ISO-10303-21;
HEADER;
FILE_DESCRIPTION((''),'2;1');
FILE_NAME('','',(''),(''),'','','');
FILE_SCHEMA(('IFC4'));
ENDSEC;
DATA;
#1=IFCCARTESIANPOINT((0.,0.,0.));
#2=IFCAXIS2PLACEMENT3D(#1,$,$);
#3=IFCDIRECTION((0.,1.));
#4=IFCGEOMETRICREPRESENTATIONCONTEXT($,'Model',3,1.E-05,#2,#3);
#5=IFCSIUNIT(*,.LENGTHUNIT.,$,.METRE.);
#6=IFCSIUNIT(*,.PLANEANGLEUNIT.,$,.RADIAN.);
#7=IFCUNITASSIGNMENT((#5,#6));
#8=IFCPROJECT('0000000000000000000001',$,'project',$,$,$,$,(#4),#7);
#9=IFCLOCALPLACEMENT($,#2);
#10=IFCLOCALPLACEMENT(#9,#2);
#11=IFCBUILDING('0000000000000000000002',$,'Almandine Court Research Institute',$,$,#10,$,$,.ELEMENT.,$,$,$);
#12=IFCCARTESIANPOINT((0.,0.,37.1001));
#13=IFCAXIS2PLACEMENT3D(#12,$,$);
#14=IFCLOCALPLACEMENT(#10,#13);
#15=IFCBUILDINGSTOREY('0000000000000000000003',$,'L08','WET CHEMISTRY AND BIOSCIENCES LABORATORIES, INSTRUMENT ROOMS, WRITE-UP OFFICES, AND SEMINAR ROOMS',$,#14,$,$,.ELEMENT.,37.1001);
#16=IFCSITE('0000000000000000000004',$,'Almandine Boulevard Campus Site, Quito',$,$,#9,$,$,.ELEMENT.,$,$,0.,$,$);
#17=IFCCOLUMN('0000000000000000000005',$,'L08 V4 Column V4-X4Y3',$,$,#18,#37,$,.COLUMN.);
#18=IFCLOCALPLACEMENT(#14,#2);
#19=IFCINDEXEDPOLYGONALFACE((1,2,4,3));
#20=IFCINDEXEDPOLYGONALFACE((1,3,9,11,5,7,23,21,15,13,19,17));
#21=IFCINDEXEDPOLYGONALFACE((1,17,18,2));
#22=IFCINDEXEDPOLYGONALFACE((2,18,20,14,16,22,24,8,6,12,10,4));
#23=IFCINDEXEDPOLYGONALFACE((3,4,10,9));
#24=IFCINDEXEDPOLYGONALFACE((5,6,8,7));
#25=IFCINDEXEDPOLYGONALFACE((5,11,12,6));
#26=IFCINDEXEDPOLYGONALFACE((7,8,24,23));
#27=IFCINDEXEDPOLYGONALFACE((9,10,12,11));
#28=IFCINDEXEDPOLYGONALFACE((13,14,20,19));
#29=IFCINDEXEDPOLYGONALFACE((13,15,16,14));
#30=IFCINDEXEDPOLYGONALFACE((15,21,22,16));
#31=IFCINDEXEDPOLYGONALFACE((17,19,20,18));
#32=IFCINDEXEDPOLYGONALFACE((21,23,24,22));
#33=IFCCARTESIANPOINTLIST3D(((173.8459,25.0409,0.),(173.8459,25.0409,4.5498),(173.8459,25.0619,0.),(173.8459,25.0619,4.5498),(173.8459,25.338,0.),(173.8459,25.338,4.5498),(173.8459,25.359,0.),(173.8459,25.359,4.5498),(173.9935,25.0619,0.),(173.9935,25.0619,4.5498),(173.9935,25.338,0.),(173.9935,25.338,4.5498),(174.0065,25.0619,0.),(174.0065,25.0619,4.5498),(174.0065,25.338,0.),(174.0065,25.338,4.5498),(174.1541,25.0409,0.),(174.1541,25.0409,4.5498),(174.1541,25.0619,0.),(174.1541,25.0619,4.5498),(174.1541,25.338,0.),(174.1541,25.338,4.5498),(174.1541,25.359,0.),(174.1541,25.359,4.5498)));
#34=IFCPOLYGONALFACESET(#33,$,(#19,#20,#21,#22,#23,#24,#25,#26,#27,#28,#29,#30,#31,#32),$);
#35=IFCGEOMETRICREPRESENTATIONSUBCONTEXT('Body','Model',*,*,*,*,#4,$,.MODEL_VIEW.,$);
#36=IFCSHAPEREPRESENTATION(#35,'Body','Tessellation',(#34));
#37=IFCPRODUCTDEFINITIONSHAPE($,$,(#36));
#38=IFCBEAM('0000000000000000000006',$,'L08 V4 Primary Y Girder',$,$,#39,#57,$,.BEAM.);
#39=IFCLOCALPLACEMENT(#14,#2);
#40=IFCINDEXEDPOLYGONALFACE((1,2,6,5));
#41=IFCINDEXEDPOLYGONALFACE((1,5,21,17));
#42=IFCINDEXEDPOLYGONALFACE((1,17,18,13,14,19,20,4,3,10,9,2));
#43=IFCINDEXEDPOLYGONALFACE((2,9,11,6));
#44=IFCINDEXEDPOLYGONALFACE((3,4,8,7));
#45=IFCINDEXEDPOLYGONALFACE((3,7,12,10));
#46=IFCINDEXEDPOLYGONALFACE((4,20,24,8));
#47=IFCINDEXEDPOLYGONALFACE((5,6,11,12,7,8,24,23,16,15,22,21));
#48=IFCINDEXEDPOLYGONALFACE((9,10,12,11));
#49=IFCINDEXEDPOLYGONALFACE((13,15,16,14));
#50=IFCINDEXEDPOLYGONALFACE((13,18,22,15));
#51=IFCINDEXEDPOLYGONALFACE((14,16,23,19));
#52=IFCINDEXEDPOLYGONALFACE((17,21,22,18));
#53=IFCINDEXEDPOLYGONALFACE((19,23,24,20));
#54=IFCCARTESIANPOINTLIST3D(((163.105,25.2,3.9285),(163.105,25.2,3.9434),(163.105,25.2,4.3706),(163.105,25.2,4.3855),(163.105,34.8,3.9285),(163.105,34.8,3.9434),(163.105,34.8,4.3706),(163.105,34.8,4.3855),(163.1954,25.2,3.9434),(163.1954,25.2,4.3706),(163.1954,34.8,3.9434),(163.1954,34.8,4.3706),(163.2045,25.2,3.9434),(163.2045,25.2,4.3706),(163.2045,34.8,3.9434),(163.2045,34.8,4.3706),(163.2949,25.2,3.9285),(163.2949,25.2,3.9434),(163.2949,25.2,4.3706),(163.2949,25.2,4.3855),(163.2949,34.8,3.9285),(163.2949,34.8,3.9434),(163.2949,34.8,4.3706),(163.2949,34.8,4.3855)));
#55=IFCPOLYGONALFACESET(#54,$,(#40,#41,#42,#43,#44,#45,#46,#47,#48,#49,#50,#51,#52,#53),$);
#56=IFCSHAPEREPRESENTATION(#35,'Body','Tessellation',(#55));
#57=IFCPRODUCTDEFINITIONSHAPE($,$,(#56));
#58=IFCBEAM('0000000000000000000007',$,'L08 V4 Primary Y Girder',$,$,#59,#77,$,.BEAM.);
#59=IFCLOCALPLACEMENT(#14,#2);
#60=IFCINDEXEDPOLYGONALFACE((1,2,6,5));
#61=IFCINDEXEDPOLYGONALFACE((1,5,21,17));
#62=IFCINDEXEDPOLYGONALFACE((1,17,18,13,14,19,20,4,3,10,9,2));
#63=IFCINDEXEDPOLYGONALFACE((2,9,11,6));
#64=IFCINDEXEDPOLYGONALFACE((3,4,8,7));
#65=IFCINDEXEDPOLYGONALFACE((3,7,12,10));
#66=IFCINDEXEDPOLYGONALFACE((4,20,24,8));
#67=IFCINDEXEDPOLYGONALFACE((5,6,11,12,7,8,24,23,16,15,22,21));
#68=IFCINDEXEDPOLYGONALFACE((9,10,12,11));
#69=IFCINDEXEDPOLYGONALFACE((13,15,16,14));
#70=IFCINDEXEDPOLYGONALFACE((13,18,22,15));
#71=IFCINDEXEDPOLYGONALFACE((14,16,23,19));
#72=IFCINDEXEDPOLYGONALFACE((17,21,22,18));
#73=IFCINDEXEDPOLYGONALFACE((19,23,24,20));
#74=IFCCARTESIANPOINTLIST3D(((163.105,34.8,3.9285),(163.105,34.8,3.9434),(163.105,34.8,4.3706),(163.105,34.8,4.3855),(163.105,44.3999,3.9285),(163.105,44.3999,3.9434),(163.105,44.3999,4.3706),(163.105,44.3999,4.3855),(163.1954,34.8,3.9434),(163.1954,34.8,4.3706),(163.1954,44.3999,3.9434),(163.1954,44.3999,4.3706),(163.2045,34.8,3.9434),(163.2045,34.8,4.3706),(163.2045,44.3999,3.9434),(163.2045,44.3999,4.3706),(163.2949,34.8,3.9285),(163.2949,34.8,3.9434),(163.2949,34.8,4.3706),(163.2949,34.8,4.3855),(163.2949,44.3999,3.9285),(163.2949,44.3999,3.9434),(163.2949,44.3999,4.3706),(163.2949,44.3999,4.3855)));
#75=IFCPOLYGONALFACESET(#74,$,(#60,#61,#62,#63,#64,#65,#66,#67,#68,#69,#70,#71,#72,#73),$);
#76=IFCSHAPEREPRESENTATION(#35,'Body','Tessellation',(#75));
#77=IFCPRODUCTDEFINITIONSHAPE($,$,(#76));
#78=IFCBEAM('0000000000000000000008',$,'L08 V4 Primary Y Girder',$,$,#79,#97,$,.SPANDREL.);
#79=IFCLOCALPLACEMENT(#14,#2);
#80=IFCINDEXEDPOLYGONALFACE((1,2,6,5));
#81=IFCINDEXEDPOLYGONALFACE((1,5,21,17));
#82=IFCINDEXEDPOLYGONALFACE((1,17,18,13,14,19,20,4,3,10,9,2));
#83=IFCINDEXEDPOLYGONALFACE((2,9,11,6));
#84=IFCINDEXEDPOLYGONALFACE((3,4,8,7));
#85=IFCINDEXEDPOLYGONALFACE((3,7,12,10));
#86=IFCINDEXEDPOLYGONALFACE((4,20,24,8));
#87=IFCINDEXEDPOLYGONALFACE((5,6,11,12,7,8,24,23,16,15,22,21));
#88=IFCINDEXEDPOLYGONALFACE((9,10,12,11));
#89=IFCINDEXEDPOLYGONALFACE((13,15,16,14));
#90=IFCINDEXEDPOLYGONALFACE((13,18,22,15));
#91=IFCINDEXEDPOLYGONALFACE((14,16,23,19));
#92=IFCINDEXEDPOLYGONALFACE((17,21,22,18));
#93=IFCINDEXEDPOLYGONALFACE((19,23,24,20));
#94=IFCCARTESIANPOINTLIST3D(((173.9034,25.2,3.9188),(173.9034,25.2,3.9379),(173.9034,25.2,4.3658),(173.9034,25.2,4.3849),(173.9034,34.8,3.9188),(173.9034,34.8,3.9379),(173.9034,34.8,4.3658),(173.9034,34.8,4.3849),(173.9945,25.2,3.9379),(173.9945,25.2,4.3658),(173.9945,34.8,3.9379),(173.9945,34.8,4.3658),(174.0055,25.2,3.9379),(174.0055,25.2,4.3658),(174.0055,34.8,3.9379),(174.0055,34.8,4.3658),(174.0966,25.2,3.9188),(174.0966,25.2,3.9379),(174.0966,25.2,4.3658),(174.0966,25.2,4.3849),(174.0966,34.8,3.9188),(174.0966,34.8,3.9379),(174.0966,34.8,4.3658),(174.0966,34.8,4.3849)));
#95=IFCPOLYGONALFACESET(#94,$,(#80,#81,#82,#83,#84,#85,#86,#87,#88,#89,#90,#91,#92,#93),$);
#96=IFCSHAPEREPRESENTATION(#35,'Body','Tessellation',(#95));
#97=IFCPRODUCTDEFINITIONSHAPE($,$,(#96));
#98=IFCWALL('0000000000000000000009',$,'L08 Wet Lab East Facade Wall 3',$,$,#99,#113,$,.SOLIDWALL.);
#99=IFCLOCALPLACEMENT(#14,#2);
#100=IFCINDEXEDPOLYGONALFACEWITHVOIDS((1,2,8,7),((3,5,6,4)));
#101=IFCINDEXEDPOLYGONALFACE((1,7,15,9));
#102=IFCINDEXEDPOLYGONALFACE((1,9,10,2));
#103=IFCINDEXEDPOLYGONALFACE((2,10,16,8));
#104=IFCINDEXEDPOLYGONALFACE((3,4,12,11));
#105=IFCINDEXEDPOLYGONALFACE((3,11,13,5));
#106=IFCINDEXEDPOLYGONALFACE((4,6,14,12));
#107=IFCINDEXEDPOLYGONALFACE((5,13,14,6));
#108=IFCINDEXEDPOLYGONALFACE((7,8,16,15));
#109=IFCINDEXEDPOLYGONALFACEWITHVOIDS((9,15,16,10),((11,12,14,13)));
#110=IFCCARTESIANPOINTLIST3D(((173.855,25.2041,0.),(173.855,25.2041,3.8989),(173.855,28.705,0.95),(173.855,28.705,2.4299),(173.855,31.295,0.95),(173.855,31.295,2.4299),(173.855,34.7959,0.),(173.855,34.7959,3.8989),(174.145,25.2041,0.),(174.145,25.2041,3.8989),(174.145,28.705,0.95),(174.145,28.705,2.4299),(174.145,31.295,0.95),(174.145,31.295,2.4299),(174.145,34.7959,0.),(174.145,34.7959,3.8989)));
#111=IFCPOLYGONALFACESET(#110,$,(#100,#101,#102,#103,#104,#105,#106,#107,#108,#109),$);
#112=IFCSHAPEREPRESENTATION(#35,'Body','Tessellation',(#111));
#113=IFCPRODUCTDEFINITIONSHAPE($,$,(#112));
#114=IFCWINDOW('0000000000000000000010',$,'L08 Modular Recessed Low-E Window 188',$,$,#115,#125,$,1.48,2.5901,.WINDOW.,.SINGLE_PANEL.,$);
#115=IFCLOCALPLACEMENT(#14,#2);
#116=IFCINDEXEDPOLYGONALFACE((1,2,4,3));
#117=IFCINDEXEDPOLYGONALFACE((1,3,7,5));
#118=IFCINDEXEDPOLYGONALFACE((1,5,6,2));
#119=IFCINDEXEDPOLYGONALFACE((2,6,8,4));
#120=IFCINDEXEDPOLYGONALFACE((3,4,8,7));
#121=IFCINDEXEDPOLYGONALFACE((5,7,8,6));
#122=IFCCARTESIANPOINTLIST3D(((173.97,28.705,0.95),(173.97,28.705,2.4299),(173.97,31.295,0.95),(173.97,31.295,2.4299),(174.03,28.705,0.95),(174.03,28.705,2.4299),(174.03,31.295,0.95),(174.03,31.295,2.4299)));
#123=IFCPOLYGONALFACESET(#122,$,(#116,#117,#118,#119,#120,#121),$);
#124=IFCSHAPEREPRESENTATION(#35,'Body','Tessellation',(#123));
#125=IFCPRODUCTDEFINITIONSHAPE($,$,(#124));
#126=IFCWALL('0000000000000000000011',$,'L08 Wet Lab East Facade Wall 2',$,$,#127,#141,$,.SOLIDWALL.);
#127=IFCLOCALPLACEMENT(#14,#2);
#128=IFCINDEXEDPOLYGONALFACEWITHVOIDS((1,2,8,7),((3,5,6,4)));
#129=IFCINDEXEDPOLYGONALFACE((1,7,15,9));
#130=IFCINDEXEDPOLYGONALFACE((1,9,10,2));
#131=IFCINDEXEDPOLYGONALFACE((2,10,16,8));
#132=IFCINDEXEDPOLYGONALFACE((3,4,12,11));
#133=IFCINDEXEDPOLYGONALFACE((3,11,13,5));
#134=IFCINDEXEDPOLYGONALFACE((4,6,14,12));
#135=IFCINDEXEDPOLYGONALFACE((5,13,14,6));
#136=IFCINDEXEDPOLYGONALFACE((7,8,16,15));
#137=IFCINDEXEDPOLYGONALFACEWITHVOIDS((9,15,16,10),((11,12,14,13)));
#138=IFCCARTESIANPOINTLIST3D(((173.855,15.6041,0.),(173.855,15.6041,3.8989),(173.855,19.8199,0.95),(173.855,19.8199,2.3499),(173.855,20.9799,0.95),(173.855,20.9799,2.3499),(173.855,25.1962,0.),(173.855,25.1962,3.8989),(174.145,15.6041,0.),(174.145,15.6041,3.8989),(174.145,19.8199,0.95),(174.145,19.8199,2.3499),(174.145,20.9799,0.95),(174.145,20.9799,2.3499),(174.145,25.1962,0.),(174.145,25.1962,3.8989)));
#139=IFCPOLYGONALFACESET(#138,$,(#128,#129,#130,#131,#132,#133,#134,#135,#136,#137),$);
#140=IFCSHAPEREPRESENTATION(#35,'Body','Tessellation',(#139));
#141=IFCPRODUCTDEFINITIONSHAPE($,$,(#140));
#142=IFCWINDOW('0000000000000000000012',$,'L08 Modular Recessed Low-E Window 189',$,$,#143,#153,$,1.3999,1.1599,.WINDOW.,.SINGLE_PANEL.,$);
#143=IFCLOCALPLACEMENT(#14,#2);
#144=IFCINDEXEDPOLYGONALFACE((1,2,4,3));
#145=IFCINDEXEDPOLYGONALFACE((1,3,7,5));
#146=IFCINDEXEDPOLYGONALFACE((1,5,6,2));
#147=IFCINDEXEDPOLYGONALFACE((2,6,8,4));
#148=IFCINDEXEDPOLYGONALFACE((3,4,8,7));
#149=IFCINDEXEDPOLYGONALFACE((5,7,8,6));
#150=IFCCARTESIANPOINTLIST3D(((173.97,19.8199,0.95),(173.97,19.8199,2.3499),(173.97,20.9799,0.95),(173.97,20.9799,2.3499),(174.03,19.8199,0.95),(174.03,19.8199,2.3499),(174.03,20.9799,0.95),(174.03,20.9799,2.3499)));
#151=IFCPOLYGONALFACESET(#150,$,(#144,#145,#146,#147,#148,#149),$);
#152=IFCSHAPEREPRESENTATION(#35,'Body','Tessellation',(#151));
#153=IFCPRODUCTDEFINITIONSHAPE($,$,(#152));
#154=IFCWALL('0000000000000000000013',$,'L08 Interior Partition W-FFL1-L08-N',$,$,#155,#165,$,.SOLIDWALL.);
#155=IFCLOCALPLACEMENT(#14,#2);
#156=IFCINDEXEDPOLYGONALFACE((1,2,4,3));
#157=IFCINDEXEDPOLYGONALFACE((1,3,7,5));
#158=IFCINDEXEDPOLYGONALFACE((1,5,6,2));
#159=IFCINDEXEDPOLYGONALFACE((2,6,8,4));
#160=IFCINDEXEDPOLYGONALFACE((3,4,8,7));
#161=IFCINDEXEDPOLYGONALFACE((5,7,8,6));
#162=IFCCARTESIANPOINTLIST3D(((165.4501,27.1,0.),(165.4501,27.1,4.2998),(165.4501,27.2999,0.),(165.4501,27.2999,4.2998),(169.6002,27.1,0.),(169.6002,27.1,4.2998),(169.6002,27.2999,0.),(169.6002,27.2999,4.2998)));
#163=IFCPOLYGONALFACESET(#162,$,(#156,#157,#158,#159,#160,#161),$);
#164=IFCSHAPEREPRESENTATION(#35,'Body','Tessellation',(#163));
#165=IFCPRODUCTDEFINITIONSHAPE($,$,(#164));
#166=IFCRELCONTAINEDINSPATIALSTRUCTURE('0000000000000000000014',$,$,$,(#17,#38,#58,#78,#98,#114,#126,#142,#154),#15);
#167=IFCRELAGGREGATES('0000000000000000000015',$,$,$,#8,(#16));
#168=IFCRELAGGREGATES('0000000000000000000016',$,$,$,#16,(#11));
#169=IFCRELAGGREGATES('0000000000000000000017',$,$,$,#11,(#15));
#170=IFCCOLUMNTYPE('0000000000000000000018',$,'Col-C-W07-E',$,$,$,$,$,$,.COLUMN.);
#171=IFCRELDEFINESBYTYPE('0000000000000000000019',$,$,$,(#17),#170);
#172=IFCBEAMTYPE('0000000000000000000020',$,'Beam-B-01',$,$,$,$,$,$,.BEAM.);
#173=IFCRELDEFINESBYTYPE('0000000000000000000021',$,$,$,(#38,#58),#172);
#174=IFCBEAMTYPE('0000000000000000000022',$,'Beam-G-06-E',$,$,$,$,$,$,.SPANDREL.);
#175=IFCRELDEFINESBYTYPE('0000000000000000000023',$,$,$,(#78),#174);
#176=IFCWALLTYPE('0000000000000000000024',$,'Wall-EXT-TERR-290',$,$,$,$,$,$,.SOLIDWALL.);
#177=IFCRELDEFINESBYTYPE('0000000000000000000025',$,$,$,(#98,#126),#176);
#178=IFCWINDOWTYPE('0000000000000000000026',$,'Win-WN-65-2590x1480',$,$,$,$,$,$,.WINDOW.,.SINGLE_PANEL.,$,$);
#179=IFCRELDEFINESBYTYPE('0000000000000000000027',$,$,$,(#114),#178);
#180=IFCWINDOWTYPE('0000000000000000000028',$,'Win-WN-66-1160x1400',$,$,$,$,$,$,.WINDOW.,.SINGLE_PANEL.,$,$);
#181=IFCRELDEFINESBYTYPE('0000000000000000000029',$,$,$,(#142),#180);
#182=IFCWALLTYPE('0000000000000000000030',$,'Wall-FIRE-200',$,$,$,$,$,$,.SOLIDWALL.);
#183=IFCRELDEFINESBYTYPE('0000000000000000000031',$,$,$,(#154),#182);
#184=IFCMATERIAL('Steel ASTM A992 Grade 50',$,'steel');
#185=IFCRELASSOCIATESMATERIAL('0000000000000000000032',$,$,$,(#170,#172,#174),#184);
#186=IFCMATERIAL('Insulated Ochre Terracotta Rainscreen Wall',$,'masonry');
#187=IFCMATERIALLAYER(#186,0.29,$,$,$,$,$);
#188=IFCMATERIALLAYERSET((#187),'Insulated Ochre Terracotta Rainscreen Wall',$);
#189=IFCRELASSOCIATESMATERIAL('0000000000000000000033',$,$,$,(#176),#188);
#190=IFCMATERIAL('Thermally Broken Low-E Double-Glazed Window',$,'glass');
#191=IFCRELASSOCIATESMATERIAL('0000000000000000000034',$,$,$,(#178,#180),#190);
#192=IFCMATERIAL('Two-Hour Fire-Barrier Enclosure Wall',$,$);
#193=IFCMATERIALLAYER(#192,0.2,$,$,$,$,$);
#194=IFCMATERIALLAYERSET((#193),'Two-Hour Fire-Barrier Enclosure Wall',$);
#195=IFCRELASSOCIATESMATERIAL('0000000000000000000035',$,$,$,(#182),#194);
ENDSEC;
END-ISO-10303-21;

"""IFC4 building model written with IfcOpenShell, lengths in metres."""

from ifc_helpers import new_model, si_unit, direction, frame, frame_2d, origin, origin_2d, place, context, subcontext, project, spatial, rectangle, i_section, extrude, material, layer, layer_set, material_profile, profile_set, type_object, element, fill, save


model = new_model("IFC4")

# Units and contexts
model_context = context("Model", 3, precision=1e-05, world=origin(), true_north=direction((0.0, 1.0)))
body_context = subcontext(model_context, "Body", "Model", "MODEL_VIEW")
ifc_project = project(units=[si_unit("LENGTHUNIT", "METRE"), si_unit("PLANEANGLEUNIT", "RADIAN")], contexts=[model_context])

# Site, building, storey
site_placement = place(None, origin())
site = spatial("IfcSite", under=ifc_project, at=site_placement, Name="Almandine Boulevard Campus Site, Quito", CompositionType="ELEMENT", RefElevation=0.0)
building_placement = place(site_placement, origin())
building = spatial("IfcBuilding", under=site, at=building_placement, Name="Almandine Court Research Institute", CompositionType="ELEMENT")
storey_placement = place(building_placement, frame((0.0, 0.0, 37.1001)))
storey = spatial("IfcBuildingStorey", under=building, at=storey_placement, Name="L08", Description="WET CHEMISTRY AND BIOSCIENCES LABORATORIES, INSTRUMENT ROOMS, WRITE-UP OFFICES, AND SEMINAR ROOMS", CompositionType="ELEMENT", Elevation=37.1001)

# Column
ifc_material_1 = material(Name="Steel ASTM A992 Grade 50", Category="steel")
ifc_material_profile_1 = material_profile(ifc_material_1, i_section(OverallWidth=0.3081, OverallDepth=0.3181, WebThickness=0.0129, FlangeThickness=0.021, at=origin_2d()), Name="W310x129")
ifc_profile_set_1 = profile_set([ifc_material_profile_1], Name="Steel ASTM A992 Grade 50")
column_type = type_object("IfcColumnType", Name="Col-C-W07-E", PredefinedType="COLUMN", material=ifc_profile_set_1)
column_placement = place(storey_placement, frame((174.0, 25.2, 0.0), z_axis=(0.0, 0.0, 1.0), x_axis=(1.0, 0.0, 0.0)))
element("IfcColumn", 1, at=column_placement, inside=storey, type_object=column_type, Name="L08 V4 Column V4-X4Y3", PredefinedType="COLUMN", context=body_context, shape_type="SweptSolid", body=[
    extrude(i_section(OverallWidth=0.3081, OverallDepth=0.3181, WebThickness=0.0129, FlangeThickness=0.021, at=origin_2d()), origin(), (0.0, 0.0, 1.0), 4.5498),
])

# Beams
ifc_material_profile_2 = material_profile(ifc_material_1, i_section(OverallWidth=0.1899, OverallDepth=0.457, WebThickness=0.009, FlangeThickness=0.0149, at=origin_2d()), Name="W460x74")
ifc_profile_set_2 = profile_set([ifc_material_profile_2], Name="Steel ASTM A992 Grade 50")
beam_type_1 = type_object("IfcBeamType", Name="Beam-B-01", PredefinedType="BEAM", material=ifc_profile_set_2)
beam_1_placement = place(storey_placement, frame((163.2, 25.2, 4.157), z_axis=(0.0, 1.0, 0.0), x_axis=(-1.0, 0.0, 0.0)))
element("IfcBeam", 2, at=beam_1_placement, inside=storey, type_object=beam_type_1, Name="L08 V4 Primary Y Girder", PredefinedType="BEAM", context=body_context, shape_type="SweptSolid", body=[
    extrude(i_section(OverallWidth=0.1899, OverallDepth=0.457, WebThickness=0.009, FlangeThickness=0.0149, at=origin_2d()), origin(), (0.0, 0.0, 1.0), 9.6001),
])
beam_2_placement = place(storey_placement, frame((163.2, 34.8, 4.157), z_axis=(0.0, 1.0, 0.0), x_axis=(-1.0, 0.0, 0.0)))
element("IfcBeam", 3, at=beam_2_placement, inside=storey, type_object=beam_type_1, Name="L08 V4 Primary Y Girder", PredefinedType="BEAM", context=body_context, shape_type="SweptSolid", body=[
    extrude(i_section(OverallWidth=0.1899, OverallDepth=0.457, WebThickness=0.009, FlangeThickness=0.0149, at=origin_2d()), origin(), (0.0, 0.0, 1.0), 9.5999),
])
ifc_material_profile_3 = material_profile(ifc_material_1, i_section(OverallWidth=0.1931, OverallDepth=0.4661, WebThickness=0.011, FlangeThickness=0.019, at=origin_2d()), Name="W460x97")
ifc_profile_set_3 = profile_set([ifc_material_profile_3], Name="Steel ASTM A992 Grade 50")
beam_type_2 = type_object("IfcBeamType", Name="Beam-G-06-E", PredefinedType="SPANDREL", material=ifc_profile_set_3)
beam_3_placement = place(storey_placement, frame((174.0, 25.2, 4.1519), z_axis=(0.0, 1.0, 0.0), x_axis=(-1.0, 0.0, 0.0)))
element("IfcBeam", 4, at=beam_3_placement, inside=storey, type_object=beam_type_2, Name="L08 V4 Primary Y Girder", PredefinedType="SPANDREL", context=body_context, shape_type="SweptSolid", body=[
    extrude(i_section(OverallWidth=0.1931, OverallDepth=0.4661, WebThickness=0.011, FlangeThickness=0.019, at=origin_2d()), origin(), (0.0, 0.0, 1.0), 9.6001),
])

# Walls, openings, windows
ifc_material_2 = material(Name="Insulated Ochre Terracotta Rainscreen Wall", Category="masonry")
ifc_layer_1 = layer(ifc_material_2, 0.29)
ifc_layer_set_1 = layer_set([ifc_layer_1], Name="Insulated Ochre Terracotta Rainscreen Wall")
wall_type_1 = type_object("IfcWallType", Name="Wall-EXT-TERR-290", PredefinedType="SOLIDWALL", material=ifc_layer_set_1)
wall_1_placement = place(storey_placement, frame((174.0, 34.7959, 0.0), z_axis=(0.0, 0.0, 1.0), x_axis=(0.0, -1.0, 0.0)))
wall_1 = element("IfcWall", 5, at=wall_1_placement, inside=storey, type_object=wall_type_1, Name="L08 Wet Lab East Facade Wall 3", PredefinedType="SOLIDWALL", context=body_context, shape_type="SweptSolid", body=[
    extrude(rectangle(XDim=9.5918, YDim=0.29, at=frame_2d((4.7959, 0.0))), origin(), (0.0, 0.0, 1.0), 3.8989),
])
opening_1_placement = place(wall_1_placement, frame((3.501, 0.0, 0.95)))
opening_1 = element("IfcOpeningElement", 6, at=opening_1_placement, cuts=wall_1, PredefinedType="OPENING", context=body_context, shape_type="SweptSolid", body=[
    extrude(rectangle(XDim=2.5901, YDim=1.48, at=frame_2d((1.2949, 0.74))), frame((0.0, 0.155, 0.0), z_axis=(0.0, -1.0, 0.0), x_axis=(1.0, 0.0, 0.0)), (0.0, 0.0, 1.0), 0.3101),
])
ifc_material_3 = material(Name="Thermally Broken Low-E Double-Glazed Window", Category="glass")
window_type_1 = type_object("IfcWindowType", Name="Win-WN-65-2590x1480", PartitioningType="SINGLE_PANEL", PredefinedType="WINDOW", material=ifc_material_3)
window_1_placement = place(opening_1_placement, origin())
window_1 = element("IfcWindow", 7, at=window_1_placement, inside=storey, type_object=window_type_1, Name="L08 Modular Recessed Low-E Window 188", OverallHeight=1.48, OverallWidth=2.5901, PartitioningType="SINGLE_PANEL", PredefinedType="WINDOW", context=body_context, shape_type="SweptSolid", body=[
    extrude(rectangle(XDim=2.5901, YDim=1.48, at=frame_2d((1.2949, 0.74))), frame((0.0, 0.03, 0.0), z_axis=(0.0, -1.0, 0.0), x_axis=(1.0, 0.0, 0.0)), (0.0, 0.0, 1.0), 0.0601),
])
fill(opening_1, window_1)
wall_2_placement = place(storey_placement, frame((174.0, 25.196, 0.0), z_axis=(0.0, 0.0, 1.0), x_axis=(0.0, -1.0, 0.0)))
wall_2 = element("IfcWall", 8, at=wall_2_placement, inside=storey, type_object=wall_type_1, Name="L08 Wet Lab East Facade Wall 2", PredefinedType="SOLIDWALL", context=body_context, shape_type="SweptSolid", body=[
    extrude(rectangle(XDim=9.592, YDim=0.29, at=frame_2d((4.7959, 0.0))), origin(), (0.0, 0.0, 1.0), 3.8989),
])
opening_2_placement = place(wall_2_placement, frame((4.2161, 0.0, 0.95)))
opening_2 = element("IfcOpeningElement", 9, at=opening_2_placement, cuts=wall_2, PredefinedType="OPENING", context=body_context, shape_type="SweptSolid", body=[
    extrude(rectangle(XDim=1.1599, YDim=1.3999, at=frame_2d((0.5801, 0.7))), frame((0.0, 0.155, 0.0), z_axis=(0.0, -1.0, 0.0), x_axis=(1.0, 0.0, 0.0)), (0.0, 0.0, 1.0), 0.3101),
])
window_type_2 = type_object("IfcWindowType", Name="Win-WN-66-1160x1400", PartitioningType="SINGLE_PANEL", PredefinedType="WINDOW", material=ifc_material_3)
window_2_placement = place(opening_2_placement, origin())
window_2 = element("IfcWindow", 10, at=window_2_placement, inside=storey, type_object=window_type_2, Name="L08 Modular Recessed Low-E Window 189", OverallHeight=1.3999, OverallWidth=1.1599, PartitioningType="SINGLE_PANEL", PredefinedType="WINDOW", context=body_context, shape_type="SweptSolid", body=[
    extrude(rectangle(XDim=1.1599, YDim=1.3999, at=frame_2d((0.5801, 0.7))), frame((0.0, 0.03, 0.0), z_axis=(0.0, -1.0, 0.0), x_axis=(1.0, 0.0, 0.0)), (0.0, 0.0, 1.0), 0.0601),
])
fill(opening_2, window_2)

# Wall
ifc_material_4 = material(Name="Two-Hour Fire-Barrier Enclosure Wall")
ifc_layer_2 = layer(ifc_material_4, 0.2)
ifc_layer_set_2 = layer_set([ifc_layer_2], Name="Two-Hour Fire-Barrier Enclosure Wall")
wall_type_2 = type_object("IfcWallType", Name="Wall-FIRE-200", PredefinedType="SOLIDWALL", material=ifc_layer_set_2)
wall_3_placement = place(storey_placement, frame((165.45, 27.2, 0.0), z_axis=(0.0, 0.0, 1.0), x_axis=(1.0, 0.0, 0.0)))
element("IfcWall", 11, at=wall_3_placement, inside=storey, type_object=wall_type_2, Name="L08 Interior Partition W-FFL1-L08-N", PredefinedType="SOLIDWALL", context=body_context, shape_type="SweptSolid", body=[
    extrude(rectangle(XDim=4.1501, YDim=0.2, at=frame_2d((2.0752, 0.0))), origin(), (0.0, 0.0, 1.0), 4.2998),
])

save(model, "model.ifc")
